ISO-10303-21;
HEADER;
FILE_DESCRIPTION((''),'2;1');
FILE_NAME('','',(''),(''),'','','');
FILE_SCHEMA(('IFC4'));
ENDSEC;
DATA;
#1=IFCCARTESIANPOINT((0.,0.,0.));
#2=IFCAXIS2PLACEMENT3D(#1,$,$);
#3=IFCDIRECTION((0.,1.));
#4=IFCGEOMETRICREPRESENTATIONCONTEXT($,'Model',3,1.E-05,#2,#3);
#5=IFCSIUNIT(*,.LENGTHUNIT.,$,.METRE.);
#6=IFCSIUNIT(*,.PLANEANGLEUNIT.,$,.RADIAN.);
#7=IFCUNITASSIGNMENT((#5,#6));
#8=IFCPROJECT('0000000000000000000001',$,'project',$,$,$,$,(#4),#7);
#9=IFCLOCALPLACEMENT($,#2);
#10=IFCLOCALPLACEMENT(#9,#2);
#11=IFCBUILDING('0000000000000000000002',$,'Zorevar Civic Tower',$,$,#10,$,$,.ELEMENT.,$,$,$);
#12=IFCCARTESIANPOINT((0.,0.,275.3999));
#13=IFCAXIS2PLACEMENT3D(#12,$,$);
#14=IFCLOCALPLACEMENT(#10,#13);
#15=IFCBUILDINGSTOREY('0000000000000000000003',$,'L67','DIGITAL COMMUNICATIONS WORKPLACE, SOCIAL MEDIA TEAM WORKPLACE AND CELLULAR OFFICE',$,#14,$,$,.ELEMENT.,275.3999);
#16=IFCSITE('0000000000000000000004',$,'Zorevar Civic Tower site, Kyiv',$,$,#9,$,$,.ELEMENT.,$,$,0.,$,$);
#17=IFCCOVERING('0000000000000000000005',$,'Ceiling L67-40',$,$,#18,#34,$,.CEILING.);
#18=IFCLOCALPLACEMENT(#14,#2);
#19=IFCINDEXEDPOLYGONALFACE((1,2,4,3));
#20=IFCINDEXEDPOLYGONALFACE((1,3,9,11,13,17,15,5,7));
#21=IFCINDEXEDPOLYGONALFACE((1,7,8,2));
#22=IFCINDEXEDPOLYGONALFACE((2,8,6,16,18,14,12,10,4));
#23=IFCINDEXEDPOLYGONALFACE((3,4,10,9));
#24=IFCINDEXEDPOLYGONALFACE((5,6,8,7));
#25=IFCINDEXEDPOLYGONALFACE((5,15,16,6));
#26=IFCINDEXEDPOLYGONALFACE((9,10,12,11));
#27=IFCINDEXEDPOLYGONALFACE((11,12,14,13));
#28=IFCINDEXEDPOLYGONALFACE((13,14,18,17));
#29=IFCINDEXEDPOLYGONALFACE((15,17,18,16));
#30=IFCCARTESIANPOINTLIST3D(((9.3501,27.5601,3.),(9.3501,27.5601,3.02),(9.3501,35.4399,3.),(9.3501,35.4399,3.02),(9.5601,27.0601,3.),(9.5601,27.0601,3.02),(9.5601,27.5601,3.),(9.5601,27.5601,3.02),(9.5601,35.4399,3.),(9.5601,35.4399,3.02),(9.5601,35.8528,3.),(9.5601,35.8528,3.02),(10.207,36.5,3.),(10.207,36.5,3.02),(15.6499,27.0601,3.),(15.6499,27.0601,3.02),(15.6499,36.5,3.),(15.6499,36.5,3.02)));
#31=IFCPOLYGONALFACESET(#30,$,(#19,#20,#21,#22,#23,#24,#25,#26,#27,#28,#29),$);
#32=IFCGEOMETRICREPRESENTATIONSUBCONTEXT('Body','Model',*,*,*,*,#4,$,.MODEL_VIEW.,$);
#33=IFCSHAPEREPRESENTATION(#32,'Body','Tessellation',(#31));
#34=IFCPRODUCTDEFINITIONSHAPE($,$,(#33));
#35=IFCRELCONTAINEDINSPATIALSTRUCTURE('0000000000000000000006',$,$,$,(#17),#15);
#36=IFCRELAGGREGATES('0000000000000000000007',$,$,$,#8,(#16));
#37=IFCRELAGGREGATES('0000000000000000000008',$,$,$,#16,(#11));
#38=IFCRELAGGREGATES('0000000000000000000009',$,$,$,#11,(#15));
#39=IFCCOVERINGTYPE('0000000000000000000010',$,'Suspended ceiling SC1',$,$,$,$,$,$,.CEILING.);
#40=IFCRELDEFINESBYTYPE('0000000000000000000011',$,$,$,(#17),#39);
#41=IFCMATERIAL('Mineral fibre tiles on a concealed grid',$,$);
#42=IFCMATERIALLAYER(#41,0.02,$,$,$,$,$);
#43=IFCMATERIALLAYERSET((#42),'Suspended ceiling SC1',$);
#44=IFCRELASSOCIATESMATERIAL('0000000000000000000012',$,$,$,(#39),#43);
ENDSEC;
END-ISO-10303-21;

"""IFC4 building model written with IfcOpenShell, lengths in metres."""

from ifc_helpers import new_model, si_unit, direction, frame, origin, place, context, subcontext, project, spatial, polyline, outline, extrude, material, layer, layer_set, type_object, element, save


model = new_model("IFC4")

# Units and contexts
model_context = context("Model", 3, precision=1e-05, world=origin(), true_north=direction((0.0, 1.0)))
body_context = subcontext(model_context, "Body", "Model", "MODEL_VIEW")
ifc_project = project(units=[si_unit("LENGTHUNIT", "METRE"), si_unit("PLANEANGLEUNIT", "RADIAN")], contexts=[model_context])

# Site, building, storey
site_placement = place(None, origin())
site = spatial("IfcSite", under=ifc_project, at=site_placement, Name="Zorevar Civic Tower site, Kyiv", CompositionType="ELEMENT", RefElevation=0.0)
building_placement = place(site_placement, origin())
building = spatial("IfcBuilding", under=site, at=building_placement, Name="Zorevar Civic Tower", CompositionType="ELEMENT")
storey_placement = place(building_placement, frame((0.0, 0.0, 275.3999)))
storey = spatial("IfcBuildingStorey", under=building, at=storey_placement, Name="L67", Description="DIGITAL COMMUNICATIONS WORKPLACE, SOCIAL MEDIA TEAM WORKPLACE AND CELLULAR OFFICE", CompositionType="ELEMENT", Elevation=275.3999)

# Covering
ifc_material_1 = material(Name="Mineral fibre tiles on a concealed grid")
ifc_layer_1 = layer(ifc_material_1, 0.02)
ifc_layer_set_1 = layer_set([ifc_layer_1], Name="Suspended ceiling SC1")
covering_type_1 = type_object("IfcCoveringType", Name="Suspended ceiling SC1", PredefinedType="CEILING", material=ifc_layer_set_1)
covering_1_placement = place(storey_placement, frame((0.0, 0.0, 3.0)))
element("IfcCovering", 1, at=covering_1_placement, inside=storey, type_object=covering_type_1, Name="Ceiling L67-40", PredefinedType="CEILING", context=body_context, shape_type="SweptSolid", body=[
    extrude(outline(polyline([(9.5601, 27.5601), (9.3501, 27.5601), (9.3501, 35.4399), (9.5601, 35.4399), (9.5601, 35.8528), (10.207, 36.5), (15.6499, 36.5), (15.6499, 27.0601), (9.5601, 27.0601), (9.5601, 27.5601)])), origin(), (0.0, 0.0, 1.0), 0.02),
])

save(model, "model.ifc")
